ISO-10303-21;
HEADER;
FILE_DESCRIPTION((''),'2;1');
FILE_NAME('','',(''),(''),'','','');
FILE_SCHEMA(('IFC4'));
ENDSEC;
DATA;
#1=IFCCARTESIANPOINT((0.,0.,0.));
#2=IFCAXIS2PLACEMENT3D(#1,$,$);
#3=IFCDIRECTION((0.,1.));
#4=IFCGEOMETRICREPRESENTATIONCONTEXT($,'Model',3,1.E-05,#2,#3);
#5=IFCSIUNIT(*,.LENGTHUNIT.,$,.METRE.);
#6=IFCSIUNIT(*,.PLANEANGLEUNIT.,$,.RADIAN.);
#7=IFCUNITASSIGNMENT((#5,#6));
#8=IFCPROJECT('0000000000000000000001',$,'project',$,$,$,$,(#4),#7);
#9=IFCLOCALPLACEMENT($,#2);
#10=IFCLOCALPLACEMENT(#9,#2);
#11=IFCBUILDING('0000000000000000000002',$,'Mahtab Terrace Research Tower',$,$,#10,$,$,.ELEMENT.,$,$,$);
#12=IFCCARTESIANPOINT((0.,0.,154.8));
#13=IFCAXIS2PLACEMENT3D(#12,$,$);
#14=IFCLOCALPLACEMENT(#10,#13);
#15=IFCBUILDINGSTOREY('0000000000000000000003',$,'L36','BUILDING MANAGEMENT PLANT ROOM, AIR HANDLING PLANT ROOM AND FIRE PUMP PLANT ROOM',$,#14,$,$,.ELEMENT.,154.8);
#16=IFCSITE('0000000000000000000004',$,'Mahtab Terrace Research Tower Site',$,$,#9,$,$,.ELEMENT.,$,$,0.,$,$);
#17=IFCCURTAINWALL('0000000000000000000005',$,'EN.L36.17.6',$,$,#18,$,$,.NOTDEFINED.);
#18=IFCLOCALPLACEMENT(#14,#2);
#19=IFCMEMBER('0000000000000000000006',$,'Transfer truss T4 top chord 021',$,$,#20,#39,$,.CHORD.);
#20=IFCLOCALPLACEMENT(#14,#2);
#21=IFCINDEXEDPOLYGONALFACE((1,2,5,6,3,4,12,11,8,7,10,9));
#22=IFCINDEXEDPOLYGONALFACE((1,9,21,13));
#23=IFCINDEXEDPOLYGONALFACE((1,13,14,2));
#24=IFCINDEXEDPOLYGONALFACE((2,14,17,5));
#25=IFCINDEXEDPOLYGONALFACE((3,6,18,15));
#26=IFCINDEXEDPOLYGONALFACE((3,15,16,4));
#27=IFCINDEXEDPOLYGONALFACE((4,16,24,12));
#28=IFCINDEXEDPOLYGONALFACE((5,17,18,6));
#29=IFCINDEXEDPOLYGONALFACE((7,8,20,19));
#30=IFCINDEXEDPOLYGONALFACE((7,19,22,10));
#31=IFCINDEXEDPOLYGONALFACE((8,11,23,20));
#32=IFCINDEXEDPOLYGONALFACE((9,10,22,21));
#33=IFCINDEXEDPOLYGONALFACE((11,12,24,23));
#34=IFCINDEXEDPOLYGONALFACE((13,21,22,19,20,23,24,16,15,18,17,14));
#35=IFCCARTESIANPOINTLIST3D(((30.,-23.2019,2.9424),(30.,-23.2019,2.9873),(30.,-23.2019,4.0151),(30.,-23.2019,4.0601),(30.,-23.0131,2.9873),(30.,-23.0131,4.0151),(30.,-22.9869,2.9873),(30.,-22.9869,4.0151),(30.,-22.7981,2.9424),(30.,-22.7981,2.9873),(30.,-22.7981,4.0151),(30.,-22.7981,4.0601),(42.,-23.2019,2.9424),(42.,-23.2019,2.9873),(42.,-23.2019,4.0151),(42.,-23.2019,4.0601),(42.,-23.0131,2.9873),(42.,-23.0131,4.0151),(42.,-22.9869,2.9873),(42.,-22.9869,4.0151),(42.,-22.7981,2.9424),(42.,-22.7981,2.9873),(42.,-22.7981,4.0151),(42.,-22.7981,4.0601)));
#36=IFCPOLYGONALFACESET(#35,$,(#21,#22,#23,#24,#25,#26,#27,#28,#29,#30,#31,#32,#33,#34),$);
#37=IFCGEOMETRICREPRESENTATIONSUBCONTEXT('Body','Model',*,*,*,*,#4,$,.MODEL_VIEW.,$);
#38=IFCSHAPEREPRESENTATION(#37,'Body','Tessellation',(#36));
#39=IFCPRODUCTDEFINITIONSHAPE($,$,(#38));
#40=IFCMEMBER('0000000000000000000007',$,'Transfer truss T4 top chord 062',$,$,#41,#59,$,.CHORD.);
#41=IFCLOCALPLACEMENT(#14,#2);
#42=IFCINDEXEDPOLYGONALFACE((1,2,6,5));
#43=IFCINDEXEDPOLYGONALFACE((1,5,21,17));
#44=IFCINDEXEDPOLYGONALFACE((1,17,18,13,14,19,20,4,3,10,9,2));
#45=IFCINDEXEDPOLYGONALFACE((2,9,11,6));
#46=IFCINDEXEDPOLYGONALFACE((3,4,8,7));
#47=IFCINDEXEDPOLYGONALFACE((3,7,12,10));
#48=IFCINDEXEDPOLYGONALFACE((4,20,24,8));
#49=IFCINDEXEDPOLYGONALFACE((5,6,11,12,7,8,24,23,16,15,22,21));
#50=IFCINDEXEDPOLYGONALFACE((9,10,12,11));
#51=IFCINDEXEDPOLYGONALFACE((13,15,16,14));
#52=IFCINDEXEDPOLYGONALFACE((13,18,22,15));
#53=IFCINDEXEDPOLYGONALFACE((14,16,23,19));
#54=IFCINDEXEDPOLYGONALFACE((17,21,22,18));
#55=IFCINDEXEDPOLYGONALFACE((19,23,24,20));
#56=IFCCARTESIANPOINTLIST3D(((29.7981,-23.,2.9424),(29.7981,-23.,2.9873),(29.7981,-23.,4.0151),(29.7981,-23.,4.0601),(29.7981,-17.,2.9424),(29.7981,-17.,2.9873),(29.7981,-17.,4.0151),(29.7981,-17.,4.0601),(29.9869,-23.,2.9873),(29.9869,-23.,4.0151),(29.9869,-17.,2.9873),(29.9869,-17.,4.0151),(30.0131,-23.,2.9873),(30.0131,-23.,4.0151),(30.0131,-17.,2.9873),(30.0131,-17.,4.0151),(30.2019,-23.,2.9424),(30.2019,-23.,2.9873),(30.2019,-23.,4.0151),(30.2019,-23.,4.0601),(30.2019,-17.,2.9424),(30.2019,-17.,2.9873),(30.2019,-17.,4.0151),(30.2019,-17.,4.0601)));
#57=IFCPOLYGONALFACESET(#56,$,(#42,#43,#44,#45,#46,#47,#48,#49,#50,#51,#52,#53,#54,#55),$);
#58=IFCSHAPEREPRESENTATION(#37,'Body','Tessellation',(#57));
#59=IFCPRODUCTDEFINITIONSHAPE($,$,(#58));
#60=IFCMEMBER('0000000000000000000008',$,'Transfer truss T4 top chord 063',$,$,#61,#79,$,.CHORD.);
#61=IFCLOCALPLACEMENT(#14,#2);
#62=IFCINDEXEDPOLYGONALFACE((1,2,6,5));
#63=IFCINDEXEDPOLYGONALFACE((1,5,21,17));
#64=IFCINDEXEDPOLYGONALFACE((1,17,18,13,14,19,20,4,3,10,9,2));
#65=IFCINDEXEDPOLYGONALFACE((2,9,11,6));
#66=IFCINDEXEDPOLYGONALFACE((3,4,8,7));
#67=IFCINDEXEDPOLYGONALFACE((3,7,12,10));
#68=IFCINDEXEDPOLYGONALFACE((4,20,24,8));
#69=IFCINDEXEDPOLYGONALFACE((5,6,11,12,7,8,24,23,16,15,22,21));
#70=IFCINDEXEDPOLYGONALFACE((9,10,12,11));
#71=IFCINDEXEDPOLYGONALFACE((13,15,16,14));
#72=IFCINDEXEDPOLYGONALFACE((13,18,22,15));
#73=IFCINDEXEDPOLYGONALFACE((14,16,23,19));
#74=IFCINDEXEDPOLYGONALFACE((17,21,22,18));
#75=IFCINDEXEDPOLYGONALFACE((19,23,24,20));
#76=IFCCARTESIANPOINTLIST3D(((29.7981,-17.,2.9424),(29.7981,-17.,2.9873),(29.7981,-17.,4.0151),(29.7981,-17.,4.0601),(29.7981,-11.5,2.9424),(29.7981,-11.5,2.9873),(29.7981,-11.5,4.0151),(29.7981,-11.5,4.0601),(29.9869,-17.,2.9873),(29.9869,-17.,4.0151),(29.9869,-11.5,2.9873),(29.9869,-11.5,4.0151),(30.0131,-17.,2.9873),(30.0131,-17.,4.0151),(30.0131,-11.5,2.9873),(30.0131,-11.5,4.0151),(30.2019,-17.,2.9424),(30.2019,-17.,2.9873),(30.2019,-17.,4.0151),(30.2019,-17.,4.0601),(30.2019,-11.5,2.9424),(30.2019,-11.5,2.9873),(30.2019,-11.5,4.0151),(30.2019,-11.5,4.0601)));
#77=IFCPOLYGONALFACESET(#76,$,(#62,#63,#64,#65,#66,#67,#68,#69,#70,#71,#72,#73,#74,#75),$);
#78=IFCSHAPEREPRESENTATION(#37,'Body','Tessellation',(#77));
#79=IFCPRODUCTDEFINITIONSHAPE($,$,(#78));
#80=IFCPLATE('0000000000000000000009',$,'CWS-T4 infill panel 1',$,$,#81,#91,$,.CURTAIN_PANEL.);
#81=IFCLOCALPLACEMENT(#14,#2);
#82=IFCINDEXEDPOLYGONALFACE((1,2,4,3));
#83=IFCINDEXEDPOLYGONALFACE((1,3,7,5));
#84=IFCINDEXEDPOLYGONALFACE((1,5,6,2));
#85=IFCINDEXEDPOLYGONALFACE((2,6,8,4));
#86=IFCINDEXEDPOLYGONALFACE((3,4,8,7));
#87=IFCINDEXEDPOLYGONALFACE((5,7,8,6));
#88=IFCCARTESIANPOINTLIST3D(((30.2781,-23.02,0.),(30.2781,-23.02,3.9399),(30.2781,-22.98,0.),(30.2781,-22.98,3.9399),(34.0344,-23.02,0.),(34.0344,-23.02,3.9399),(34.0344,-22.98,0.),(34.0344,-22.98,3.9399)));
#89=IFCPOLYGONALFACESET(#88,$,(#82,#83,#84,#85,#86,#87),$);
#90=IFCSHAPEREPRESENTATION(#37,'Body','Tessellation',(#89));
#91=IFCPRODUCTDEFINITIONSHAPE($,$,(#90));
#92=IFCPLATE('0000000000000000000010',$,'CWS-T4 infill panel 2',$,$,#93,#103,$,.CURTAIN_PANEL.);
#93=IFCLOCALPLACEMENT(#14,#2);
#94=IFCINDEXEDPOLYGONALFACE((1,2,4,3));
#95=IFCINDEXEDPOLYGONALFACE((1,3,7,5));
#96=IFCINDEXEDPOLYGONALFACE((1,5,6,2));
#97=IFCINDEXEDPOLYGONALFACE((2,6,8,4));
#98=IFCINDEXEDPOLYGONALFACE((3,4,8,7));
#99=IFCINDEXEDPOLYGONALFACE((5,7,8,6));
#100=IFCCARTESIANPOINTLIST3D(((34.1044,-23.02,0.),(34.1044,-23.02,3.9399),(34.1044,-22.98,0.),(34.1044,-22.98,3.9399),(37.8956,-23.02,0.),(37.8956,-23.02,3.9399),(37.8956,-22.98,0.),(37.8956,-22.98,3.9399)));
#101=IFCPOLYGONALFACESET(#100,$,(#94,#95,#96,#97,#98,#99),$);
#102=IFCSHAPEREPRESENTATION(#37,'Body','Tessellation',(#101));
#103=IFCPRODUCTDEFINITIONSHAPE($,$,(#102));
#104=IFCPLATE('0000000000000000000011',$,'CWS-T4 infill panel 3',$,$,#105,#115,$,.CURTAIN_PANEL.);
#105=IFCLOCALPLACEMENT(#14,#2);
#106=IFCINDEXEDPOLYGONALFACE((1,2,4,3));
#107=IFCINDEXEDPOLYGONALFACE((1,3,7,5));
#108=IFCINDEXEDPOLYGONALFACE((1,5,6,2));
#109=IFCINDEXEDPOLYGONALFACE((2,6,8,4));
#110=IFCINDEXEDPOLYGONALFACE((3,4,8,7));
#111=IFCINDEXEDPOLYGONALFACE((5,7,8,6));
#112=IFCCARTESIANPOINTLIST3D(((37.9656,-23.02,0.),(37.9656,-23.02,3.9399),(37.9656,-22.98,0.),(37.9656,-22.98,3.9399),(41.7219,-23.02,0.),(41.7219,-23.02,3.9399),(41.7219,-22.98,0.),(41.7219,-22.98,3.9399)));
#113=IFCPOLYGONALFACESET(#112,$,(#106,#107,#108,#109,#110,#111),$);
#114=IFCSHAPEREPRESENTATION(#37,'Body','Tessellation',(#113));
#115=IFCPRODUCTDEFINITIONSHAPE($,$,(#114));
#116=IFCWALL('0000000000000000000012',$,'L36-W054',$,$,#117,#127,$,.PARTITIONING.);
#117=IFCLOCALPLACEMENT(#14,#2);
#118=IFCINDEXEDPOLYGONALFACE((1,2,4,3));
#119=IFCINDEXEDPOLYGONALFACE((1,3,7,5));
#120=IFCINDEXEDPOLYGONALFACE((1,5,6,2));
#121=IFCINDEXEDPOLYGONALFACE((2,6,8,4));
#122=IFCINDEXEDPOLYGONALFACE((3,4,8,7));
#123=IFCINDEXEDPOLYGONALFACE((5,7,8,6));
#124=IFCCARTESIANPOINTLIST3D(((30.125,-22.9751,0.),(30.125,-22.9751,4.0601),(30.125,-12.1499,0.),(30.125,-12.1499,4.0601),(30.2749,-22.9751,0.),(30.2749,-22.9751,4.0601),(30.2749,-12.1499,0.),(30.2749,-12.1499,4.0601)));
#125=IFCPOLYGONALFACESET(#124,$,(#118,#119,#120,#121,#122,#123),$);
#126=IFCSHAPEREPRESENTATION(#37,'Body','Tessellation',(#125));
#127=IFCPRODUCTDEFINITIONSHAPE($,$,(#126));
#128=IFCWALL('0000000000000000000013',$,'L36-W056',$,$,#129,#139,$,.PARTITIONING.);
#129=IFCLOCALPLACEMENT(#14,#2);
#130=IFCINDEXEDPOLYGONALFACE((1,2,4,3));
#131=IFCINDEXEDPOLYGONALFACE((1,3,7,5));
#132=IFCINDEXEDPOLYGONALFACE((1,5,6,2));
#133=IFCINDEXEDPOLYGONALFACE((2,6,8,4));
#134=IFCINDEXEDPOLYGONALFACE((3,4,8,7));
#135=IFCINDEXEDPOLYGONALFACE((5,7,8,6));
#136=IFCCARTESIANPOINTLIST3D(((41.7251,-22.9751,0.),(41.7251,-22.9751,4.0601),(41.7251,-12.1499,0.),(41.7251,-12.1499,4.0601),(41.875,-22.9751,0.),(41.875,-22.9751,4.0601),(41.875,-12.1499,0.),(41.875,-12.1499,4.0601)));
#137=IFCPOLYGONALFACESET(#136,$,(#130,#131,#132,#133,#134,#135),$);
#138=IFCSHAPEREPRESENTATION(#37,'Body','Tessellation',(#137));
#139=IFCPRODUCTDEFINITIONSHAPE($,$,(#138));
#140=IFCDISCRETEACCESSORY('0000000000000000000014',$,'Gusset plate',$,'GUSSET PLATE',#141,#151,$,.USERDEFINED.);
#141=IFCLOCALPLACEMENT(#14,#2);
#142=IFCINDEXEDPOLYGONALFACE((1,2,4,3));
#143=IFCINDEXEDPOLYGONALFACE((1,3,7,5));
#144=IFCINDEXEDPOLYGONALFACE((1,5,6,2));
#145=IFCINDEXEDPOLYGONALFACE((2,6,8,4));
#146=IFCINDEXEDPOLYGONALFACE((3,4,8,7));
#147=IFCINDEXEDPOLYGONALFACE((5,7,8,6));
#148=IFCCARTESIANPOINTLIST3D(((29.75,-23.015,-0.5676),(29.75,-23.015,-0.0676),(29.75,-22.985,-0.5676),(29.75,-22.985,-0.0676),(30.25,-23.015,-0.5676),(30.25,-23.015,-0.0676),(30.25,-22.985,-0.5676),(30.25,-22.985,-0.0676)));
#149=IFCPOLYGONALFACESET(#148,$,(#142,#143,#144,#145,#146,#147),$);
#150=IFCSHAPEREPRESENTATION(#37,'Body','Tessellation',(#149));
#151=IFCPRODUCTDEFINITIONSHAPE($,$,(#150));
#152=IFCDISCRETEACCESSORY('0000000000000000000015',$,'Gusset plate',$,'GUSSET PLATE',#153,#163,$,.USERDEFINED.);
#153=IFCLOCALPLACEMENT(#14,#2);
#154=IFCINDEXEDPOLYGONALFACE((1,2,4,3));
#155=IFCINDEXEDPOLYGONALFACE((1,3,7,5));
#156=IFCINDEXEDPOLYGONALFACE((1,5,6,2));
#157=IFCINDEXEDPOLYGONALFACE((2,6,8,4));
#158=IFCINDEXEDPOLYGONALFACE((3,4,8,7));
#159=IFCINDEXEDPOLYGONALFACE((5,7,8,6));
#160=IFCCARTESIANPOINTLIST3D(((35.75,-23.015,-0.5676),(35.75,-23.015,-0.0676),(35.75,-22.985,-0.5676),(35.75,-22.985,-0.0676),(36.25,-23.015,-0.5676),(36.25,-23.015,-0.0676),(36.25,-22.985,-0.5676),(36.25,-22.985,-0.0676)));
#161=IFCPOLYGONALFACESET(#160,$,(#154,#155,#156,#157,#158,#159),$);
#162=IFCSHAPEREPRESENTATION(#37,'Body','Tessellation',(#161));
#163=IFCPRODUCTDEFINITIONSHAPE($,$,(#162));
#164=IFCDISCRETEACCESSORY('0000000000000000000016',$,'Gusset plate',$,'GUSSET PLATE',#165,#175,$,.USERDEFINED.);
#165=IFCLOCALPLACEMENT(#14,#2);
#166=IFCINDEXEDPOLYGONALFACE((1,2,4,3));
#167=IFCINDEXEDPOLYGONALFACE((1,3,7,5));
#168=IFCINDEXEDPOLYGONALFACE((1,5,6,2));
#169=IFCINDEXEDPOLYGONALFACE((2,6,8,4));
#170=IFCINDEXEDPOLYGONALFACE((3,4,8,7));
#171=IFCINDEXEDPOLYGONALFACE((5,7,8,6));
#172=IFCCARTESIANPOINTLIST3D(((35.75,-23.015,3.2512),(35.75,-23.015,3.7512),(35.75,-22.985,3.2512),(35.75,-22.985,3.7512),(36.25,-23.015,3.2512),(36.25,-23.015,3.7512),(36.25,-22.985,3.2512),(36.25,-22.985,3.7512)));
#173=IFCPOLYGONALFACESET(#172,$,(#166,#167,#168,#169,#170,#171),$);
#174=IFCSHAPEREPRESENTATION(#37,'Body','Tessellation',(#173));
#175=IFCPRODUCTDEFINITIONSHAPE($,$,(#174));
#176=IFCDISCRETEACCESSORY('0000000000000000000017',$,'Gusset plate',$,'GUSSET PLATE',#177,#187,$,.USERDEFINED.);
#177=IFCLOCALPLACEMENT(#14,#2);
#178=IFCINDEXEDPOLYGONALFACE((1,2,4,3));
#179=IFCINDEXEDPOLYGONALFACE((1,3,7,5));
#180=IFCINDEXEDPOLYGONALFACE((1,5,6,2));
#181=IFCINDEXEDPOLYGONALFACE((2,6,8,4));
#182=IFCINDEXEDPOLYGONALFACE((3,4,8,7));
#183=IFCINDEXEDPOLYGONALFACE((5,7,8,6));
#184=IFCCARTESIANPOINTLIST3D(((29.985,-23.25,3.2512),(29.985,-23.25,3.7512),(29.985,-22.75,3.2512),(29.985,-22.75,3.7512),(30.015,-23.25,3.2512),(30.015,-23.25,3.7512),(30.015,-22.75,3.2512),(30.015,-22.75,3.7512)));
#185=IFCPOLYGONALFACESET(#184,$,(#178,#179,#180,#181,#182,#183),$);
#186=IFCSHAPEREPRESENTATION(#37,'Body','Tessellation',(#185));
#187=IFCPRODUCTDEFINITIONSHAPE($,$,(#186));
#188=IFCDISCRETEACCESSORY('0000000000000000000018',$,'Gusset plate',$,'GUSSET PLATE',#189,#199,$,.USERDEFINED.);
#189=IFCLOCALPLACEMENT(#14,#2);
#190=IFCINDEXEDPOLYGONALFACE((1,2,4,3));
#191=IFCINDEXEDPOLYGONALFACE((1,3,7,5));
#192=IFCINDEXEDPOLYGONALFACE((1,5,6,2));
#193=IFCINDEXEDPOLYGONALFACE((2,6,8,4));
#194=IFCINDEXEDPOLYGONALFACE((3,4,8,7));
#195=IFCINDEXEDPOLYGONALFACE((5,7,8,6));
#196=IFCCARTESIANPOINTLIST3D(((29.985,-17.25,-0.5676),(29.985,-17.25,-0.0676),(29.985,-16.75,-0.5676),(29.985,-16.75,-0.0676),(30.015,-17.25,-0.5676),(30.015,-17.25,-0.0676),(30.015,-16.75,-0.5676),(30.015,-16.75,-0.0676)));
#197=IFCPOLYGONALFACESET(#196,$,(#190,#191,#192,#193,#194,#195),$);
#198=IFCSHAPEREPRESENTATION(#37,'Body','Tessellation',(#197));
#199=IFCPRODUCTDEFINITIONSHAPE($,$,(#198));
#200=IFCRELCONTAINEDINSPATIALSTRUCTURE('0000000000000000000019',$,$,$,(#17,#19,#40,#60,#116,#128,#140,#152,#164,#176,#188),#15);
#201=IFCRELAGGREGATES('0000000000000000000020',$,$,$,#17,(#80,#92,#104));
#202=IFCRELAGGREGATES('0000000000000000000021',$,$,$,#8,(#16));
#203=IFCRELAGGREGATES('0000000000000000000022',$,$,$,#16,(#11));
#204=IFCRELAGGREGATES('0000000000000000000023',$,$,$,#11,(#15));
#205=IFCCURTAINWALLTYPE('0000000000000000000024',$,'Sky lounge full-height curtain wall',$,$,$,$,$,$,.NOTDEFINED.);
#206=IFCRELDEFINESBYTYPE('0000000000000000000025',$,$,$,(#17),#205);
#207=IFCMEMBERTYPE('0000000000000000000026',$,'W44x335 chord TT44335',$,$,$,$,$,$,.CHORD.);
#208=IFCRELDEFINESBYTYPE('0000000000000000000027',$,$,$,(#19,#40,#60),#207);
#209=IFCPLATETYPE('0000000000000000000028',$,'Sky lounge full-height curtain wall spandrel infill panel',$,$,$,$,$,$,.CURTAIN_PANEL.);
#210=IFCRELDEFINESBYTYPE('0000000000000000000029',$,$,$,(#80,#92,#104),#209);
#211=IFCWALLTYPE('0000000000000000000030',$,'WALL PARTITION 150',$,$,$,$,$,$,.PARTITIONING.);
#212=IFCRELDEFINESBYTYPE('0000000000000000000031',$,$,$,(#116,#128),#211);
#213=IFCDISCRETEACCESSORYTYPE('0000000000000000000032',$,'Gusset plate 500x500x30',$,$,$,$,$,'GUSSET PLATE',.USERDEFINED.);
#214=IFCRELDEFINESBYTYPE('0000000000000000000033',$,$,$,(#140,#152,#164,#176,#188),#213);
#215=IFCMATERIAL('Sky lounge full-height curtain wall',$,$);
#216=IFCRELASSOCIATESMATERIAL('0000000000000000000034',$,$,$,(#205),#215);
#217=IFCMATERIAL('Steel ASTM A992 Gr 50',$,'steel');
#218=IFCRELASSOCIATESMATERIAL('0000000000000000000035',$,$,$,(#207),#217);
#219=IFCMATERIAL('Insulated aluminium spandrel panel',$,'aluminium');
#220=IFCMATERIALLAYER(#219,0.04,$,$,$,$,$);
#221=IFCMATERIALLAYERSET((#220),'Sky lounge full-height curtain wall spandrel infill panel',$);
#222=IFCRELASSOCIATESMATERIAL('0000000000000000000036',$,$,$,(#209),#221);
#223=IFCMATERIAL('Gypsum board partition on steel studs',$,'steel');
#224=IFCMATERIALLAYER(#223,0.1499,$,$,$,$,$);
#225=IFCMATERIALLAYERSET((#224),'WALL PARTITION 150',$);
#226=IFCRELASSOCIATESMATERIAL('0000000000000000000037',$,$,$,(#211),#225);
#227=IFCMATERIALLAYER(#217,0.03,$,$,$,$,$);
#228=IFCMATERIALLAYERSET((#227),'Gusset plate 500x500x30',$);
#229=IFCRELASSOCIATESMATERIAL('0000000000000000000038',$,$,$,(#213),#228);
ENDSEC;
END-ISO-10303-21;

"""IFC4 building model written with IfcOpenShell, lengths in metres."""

from ifc_helpers import new_model, si_unit, direction, frame, frame_2d, origin, origin_2d, place, context, subcontext, project, spatial, rectangle, i_section, extrude, material, layer, layer_set, material_profile, profile_set, type_object, element, aggregate, save


model = new_model("IFC4")

# Units and contexts
model_context = context("Model", 3, precision=1e-05, world=origin(), true_north=direction((0.0, 1.0)))
body_context = subcontext(model_context, "Body", "Model", "MODEL_VIEW")
ifc_project = project(units=[si_unit("LENGTHUNIT", "METRE"), si_unit("PLANEANGLEUNIT", "RADIAN")], contexts=[model_context])

# Site, building, storey
site_placement = place(None, origin())
site = spatial("IfcSite", under=ifc_project, at=site_placement, Name="Mahtab Terrace Research Tower Site", CompositionType="ELEMENT", RefElevation=0.0)
building_placement = place(site_placement, origin())
building = spatial("IfcBuilding", under=site, at=building_placement, Name="Mahtab Terrace Research Tower", CompositionType="ELEMENT")
storey_placement = place(building_placement, frame((0.0, 0.0, 154.8)))
storey = spatial("IfcBuildingStorey", under=building, at=storey_placement, Name="L36", Description="BUILDING MANAGEMENT PLANT ROOM, AIR HANDLING PLANT ROOM AND FIRE PUMP PLANT ROOM", CompositionType="ELEMENT", Elevation=154.8)

# Shared definitions
ifc_material_1 = material(Name="Steel ASTM A992 Gr 50", Category="steel")

# Curtain wall
ifc_material_2 = material(Name="Sky lounge full-height curtain wall")
curtain_wall_type = type_object("IfcCurtainWallType", Name="Sky lounge full-height curtain wall", PredefinedType="NOTDEFINED", material=ifc_material_2)
curtain_wall_placement = place(storey_placement, origin())
curtain_wall = element("IfcCurtainWall", 1, at=curtain_wall_placement, inside=storey, type_object=curtain_wall_type, Name="EN.L36.17.6", PredefinedType="NOTDEFINED")

# Members
ifc_material_profile_1 = material_profile(ifc_material_1, i_section(OverallWidth=0.4038, OverallDepth=1.1177, WebThickness=0.0261, FlangeThickness=0.0449, at=origin_2d()), Name="W44X335")
ifc_profile_set_1 = profile_set([ifc_material_profile_1], Name="Steel ASTM A992 Gr 50")
member_type_1 = type_object("IfcMemberType", Name="W44x335 chord TT44335", PredefinedType="CHORD", material=ifc_profile_set_1)
member_1_placement = place(storey_placement, frame((30.0, -23.0, 3.5012), z_axis=(1.0, 0.0, 0.0), x_axis=(0.0, 1.0, 0.0)))
element("IfcMember", 2, at=member_1_placement, inside=storey, type_object=member_type_1, Name="Transfer truss T4 top chord 021", PredefinedType="CHORD", context=body_context, shape_type="SweptSolid", body=[
    extrude(i_section(OverallWidth=0.4038, OverallDepth=1.1177, WebThickness=0.0261, FlangeThickness=0.0449, at=origin_2d()), origin(), (0.0, 0.0, 1.0), 12.0),
])
member_2_placement = place(storey_placement, frame((30.0, -23.0, 3.5012), z_axis=(0.0, 1.0, 0.0), x_axis=(-1.0, 0.0, 0.0)))
element("IfcMember", 3, at=member_2_placement, inside=storey, type_object=member_type_1, Name="Transfer truss T4 top chord 062", PredefinedType="CHORD", context=body_context, shape_type="SweptSolid", body=[
    extrude(i_section(OverallWidth=0.4038, OverallDepth=1.1177, WebThickness=0.0261, FlangeThickness=0.0449, at=origin_2d()), origin(), (0.0, 0.0, 1.0), 6.0),
])
member_3_placement = place(storey_placement, frame((30.0, -17.0, 3.5012), z_axis=(0.0, 1.0, 0.0), x_axis=(-1.0, 0.0, 0.0)))
element("IfcMember", 4, at=member_3_placement, inside=storey, type_object=member_type_1, Name="Transfer truss T4 top chord 063", PredefinedType="CHORD", context=body_context, shape_type="SweptSolid", body=[
    extrude(i_section(OverallWidth=0.4038, OverallDepth=1.1177, WebThickness=0.0261, FlangeThickness=0.0449, at=origin_2d()), origin(), (0.0, 0.0, 1.0), 5.5),
])

# Plates
ifc_material_3 = material(Name="Insulated aluminium spandrel panel", Category="aluminium")
ifc_layer_1 = layer(ifc_material_3, 0.04)
ifc_layer_set_1 = layer_set([ifc_layer_1], Name="Sky lounge full-height curtain wall spandrel infill panel")
plate_type = type_object("IfcPlateType", Name="Sky lounge full-height curtain wall spandrel infill panel", PredefinedType="CURTAIN_PANEL", material=ifc_layer_set_1)
plate_1_placement = place(storey_placement, frame((32.1562, -23.0, 0.0), z_axis=(0.0, 0.0, 1.0), x_axis=(1.0, 0.0, 0.0)))
plate_1 = element("IfcPlate", 5, at=plate_1_placement, type_object=plate_type, Name="CWS-T4 infill panel 1", PredefinedType="CURTAIN_PANEL", context=body_context, shape_type="SweptSolid", body=[
    extrude(rectangle(XDim=3.7563, YDim=0.04, at=origin_2d()), origin(), (0.0, 0.0, 1.0), 3.9399),
])
plate_2_placement = place(storey_placement, frame((36.0, -23.0, 0.0), z_axis=(0.0, 0.0, 1.0), x_axis=(1.0, 0.0, 0.0)))
plate_2 = element("IfcPlate", 6, at=plate_2_placement, type_object=plate_type, Name="CWS-T4 infill panel 2", PredefinedType="CURTAIN_PANEL", context=body_context, shape_type="SweptSolid", body=[
    extrude(rectangle(XDim=3.7913, YDim=0.04, at=origin_2d()), origin(), (0.0, 0.0, 1.0), 3.9399),
])
plate_3_placement = place(storey_placement, frame((39.8438, -23.0, 0.0), z_axis=(0.0, 0.0, 1.0), x_axis=(1.0, 0.0, 0.0)))
plate_3 = element("IfcPlate", 7, at=plate_3_placement, type_object=plate_type, Name="CWS-T4 infill panel 3", PredefinedType="CURTAIN_PANEL", context=body_context, shape_type="SweptSolid", body=[
    extrude(rectangle(XDim=3.7563, YDim=0.04, at=origin_2d()), origin(), (0.0, 0.0, 1.0), 3.9399),
])
aggregate(curtain_wall, [plate_1, plate_2, plate_3])

# Walls
ifc_material_4 = material(Name="Gypsum board partition on steel studs", Category="steel")
ifc_layer_2 = layer(ifc_material_4, 0.1499)
ifc_layer_set_2 = layer_set([ifc_layer_2], Name="WALL PARTITION 150")
wall_type = type_object("IfcWallType", Name="WALL PARTITION 150", PredefinedType="PARTITIONING", material=ifc_layer_set_2)
for number, where, z_axis, x_axis, name in (
    (8, (30.2, -22.9751, 0.0), (0.0, 0.0, 1.0), (0.0, 1.0, 0.0), "L36-W054"),
    (9, (41.8, -22.9751, 0.0), (0.0, 0.0, 1.0), (0.0, 1.0, 0.0), "L36-W056"),
):
    element("IfcWall", number, at=place(storey_placement, frame(where, z_axis=z_axis, x_axis=x_axis)), inside=storey, type_object=wall_type, Name=name, PredefinedType="PARTITIONING", context=body_context, shape_type="SweptSolid", body=[
        extrude(rectangle(XDim=10.8252, YDim=0.1499, at=frame_2d((5.4126, 0.0))), origin(), (0.0, 0.0, 1.0), 4.0601),
    ])

# Discrete accessories
ifc_layer_3 = layer(ifc_material_1, 0.03)
ifc_layer_set_3 = layer_set([ifc_layer_3], Name="Gusset plate 500x500x30")
discrete_accessory_type = type_object("IfcDiscreteAccessoryType", Name="Gusset plate 500x500x30", ElementType="GUSSET PLATE", PredefinedType="USERDEFINED", material=ifc_layer_set_3)
for number, where, z_axis, x_axis, name in (
    (10, (30.0, -23.0, -0.5676), (0.0, 0.0, 1.0), (1.0, 0.0, 0.0), "Gusset plate"),
    (11, (36.0, -23.0, -0.5676), (0.0, 0.0, 1.0), (1.0, 0.0, 0.0), "Gusset plate"),
    (12, (36.0, -23.0, 3.2512), (0.0, 0.0, 1.0), (1.0, 0.0, 0.0), "Gusset plate"),
    (13, (30.0, -23.0, 3.2512), (0.0, 0.0, 1.0), (0.0, 1.0, 0.0), "Gusset plate"),
    (14, (30.0, -17.0, -0.5676), (0.0, 0.0, 1.0), (0.0, 1.0, 0.0), "Gusset plate"),
):
    element("IfcDiscreteAccessory", number, at=place(storey_placement, frame(where, z_axis=z_axis, x_axis=x_axis)), inside=storey, type_object=discrete_accessory_type, Name=name, ObjectType="GUSSET PLATE", PredefinedType="USERDEFINED", context=body_context, shape_type="SweptSolid", body=[
        extrude(rectangle(XDim=0.5, YDim=0.03, at=origin_2d()), origin(), (0.0, 0.0, 1.0), 0.5),
    ])

save(model, "model.ifc")
